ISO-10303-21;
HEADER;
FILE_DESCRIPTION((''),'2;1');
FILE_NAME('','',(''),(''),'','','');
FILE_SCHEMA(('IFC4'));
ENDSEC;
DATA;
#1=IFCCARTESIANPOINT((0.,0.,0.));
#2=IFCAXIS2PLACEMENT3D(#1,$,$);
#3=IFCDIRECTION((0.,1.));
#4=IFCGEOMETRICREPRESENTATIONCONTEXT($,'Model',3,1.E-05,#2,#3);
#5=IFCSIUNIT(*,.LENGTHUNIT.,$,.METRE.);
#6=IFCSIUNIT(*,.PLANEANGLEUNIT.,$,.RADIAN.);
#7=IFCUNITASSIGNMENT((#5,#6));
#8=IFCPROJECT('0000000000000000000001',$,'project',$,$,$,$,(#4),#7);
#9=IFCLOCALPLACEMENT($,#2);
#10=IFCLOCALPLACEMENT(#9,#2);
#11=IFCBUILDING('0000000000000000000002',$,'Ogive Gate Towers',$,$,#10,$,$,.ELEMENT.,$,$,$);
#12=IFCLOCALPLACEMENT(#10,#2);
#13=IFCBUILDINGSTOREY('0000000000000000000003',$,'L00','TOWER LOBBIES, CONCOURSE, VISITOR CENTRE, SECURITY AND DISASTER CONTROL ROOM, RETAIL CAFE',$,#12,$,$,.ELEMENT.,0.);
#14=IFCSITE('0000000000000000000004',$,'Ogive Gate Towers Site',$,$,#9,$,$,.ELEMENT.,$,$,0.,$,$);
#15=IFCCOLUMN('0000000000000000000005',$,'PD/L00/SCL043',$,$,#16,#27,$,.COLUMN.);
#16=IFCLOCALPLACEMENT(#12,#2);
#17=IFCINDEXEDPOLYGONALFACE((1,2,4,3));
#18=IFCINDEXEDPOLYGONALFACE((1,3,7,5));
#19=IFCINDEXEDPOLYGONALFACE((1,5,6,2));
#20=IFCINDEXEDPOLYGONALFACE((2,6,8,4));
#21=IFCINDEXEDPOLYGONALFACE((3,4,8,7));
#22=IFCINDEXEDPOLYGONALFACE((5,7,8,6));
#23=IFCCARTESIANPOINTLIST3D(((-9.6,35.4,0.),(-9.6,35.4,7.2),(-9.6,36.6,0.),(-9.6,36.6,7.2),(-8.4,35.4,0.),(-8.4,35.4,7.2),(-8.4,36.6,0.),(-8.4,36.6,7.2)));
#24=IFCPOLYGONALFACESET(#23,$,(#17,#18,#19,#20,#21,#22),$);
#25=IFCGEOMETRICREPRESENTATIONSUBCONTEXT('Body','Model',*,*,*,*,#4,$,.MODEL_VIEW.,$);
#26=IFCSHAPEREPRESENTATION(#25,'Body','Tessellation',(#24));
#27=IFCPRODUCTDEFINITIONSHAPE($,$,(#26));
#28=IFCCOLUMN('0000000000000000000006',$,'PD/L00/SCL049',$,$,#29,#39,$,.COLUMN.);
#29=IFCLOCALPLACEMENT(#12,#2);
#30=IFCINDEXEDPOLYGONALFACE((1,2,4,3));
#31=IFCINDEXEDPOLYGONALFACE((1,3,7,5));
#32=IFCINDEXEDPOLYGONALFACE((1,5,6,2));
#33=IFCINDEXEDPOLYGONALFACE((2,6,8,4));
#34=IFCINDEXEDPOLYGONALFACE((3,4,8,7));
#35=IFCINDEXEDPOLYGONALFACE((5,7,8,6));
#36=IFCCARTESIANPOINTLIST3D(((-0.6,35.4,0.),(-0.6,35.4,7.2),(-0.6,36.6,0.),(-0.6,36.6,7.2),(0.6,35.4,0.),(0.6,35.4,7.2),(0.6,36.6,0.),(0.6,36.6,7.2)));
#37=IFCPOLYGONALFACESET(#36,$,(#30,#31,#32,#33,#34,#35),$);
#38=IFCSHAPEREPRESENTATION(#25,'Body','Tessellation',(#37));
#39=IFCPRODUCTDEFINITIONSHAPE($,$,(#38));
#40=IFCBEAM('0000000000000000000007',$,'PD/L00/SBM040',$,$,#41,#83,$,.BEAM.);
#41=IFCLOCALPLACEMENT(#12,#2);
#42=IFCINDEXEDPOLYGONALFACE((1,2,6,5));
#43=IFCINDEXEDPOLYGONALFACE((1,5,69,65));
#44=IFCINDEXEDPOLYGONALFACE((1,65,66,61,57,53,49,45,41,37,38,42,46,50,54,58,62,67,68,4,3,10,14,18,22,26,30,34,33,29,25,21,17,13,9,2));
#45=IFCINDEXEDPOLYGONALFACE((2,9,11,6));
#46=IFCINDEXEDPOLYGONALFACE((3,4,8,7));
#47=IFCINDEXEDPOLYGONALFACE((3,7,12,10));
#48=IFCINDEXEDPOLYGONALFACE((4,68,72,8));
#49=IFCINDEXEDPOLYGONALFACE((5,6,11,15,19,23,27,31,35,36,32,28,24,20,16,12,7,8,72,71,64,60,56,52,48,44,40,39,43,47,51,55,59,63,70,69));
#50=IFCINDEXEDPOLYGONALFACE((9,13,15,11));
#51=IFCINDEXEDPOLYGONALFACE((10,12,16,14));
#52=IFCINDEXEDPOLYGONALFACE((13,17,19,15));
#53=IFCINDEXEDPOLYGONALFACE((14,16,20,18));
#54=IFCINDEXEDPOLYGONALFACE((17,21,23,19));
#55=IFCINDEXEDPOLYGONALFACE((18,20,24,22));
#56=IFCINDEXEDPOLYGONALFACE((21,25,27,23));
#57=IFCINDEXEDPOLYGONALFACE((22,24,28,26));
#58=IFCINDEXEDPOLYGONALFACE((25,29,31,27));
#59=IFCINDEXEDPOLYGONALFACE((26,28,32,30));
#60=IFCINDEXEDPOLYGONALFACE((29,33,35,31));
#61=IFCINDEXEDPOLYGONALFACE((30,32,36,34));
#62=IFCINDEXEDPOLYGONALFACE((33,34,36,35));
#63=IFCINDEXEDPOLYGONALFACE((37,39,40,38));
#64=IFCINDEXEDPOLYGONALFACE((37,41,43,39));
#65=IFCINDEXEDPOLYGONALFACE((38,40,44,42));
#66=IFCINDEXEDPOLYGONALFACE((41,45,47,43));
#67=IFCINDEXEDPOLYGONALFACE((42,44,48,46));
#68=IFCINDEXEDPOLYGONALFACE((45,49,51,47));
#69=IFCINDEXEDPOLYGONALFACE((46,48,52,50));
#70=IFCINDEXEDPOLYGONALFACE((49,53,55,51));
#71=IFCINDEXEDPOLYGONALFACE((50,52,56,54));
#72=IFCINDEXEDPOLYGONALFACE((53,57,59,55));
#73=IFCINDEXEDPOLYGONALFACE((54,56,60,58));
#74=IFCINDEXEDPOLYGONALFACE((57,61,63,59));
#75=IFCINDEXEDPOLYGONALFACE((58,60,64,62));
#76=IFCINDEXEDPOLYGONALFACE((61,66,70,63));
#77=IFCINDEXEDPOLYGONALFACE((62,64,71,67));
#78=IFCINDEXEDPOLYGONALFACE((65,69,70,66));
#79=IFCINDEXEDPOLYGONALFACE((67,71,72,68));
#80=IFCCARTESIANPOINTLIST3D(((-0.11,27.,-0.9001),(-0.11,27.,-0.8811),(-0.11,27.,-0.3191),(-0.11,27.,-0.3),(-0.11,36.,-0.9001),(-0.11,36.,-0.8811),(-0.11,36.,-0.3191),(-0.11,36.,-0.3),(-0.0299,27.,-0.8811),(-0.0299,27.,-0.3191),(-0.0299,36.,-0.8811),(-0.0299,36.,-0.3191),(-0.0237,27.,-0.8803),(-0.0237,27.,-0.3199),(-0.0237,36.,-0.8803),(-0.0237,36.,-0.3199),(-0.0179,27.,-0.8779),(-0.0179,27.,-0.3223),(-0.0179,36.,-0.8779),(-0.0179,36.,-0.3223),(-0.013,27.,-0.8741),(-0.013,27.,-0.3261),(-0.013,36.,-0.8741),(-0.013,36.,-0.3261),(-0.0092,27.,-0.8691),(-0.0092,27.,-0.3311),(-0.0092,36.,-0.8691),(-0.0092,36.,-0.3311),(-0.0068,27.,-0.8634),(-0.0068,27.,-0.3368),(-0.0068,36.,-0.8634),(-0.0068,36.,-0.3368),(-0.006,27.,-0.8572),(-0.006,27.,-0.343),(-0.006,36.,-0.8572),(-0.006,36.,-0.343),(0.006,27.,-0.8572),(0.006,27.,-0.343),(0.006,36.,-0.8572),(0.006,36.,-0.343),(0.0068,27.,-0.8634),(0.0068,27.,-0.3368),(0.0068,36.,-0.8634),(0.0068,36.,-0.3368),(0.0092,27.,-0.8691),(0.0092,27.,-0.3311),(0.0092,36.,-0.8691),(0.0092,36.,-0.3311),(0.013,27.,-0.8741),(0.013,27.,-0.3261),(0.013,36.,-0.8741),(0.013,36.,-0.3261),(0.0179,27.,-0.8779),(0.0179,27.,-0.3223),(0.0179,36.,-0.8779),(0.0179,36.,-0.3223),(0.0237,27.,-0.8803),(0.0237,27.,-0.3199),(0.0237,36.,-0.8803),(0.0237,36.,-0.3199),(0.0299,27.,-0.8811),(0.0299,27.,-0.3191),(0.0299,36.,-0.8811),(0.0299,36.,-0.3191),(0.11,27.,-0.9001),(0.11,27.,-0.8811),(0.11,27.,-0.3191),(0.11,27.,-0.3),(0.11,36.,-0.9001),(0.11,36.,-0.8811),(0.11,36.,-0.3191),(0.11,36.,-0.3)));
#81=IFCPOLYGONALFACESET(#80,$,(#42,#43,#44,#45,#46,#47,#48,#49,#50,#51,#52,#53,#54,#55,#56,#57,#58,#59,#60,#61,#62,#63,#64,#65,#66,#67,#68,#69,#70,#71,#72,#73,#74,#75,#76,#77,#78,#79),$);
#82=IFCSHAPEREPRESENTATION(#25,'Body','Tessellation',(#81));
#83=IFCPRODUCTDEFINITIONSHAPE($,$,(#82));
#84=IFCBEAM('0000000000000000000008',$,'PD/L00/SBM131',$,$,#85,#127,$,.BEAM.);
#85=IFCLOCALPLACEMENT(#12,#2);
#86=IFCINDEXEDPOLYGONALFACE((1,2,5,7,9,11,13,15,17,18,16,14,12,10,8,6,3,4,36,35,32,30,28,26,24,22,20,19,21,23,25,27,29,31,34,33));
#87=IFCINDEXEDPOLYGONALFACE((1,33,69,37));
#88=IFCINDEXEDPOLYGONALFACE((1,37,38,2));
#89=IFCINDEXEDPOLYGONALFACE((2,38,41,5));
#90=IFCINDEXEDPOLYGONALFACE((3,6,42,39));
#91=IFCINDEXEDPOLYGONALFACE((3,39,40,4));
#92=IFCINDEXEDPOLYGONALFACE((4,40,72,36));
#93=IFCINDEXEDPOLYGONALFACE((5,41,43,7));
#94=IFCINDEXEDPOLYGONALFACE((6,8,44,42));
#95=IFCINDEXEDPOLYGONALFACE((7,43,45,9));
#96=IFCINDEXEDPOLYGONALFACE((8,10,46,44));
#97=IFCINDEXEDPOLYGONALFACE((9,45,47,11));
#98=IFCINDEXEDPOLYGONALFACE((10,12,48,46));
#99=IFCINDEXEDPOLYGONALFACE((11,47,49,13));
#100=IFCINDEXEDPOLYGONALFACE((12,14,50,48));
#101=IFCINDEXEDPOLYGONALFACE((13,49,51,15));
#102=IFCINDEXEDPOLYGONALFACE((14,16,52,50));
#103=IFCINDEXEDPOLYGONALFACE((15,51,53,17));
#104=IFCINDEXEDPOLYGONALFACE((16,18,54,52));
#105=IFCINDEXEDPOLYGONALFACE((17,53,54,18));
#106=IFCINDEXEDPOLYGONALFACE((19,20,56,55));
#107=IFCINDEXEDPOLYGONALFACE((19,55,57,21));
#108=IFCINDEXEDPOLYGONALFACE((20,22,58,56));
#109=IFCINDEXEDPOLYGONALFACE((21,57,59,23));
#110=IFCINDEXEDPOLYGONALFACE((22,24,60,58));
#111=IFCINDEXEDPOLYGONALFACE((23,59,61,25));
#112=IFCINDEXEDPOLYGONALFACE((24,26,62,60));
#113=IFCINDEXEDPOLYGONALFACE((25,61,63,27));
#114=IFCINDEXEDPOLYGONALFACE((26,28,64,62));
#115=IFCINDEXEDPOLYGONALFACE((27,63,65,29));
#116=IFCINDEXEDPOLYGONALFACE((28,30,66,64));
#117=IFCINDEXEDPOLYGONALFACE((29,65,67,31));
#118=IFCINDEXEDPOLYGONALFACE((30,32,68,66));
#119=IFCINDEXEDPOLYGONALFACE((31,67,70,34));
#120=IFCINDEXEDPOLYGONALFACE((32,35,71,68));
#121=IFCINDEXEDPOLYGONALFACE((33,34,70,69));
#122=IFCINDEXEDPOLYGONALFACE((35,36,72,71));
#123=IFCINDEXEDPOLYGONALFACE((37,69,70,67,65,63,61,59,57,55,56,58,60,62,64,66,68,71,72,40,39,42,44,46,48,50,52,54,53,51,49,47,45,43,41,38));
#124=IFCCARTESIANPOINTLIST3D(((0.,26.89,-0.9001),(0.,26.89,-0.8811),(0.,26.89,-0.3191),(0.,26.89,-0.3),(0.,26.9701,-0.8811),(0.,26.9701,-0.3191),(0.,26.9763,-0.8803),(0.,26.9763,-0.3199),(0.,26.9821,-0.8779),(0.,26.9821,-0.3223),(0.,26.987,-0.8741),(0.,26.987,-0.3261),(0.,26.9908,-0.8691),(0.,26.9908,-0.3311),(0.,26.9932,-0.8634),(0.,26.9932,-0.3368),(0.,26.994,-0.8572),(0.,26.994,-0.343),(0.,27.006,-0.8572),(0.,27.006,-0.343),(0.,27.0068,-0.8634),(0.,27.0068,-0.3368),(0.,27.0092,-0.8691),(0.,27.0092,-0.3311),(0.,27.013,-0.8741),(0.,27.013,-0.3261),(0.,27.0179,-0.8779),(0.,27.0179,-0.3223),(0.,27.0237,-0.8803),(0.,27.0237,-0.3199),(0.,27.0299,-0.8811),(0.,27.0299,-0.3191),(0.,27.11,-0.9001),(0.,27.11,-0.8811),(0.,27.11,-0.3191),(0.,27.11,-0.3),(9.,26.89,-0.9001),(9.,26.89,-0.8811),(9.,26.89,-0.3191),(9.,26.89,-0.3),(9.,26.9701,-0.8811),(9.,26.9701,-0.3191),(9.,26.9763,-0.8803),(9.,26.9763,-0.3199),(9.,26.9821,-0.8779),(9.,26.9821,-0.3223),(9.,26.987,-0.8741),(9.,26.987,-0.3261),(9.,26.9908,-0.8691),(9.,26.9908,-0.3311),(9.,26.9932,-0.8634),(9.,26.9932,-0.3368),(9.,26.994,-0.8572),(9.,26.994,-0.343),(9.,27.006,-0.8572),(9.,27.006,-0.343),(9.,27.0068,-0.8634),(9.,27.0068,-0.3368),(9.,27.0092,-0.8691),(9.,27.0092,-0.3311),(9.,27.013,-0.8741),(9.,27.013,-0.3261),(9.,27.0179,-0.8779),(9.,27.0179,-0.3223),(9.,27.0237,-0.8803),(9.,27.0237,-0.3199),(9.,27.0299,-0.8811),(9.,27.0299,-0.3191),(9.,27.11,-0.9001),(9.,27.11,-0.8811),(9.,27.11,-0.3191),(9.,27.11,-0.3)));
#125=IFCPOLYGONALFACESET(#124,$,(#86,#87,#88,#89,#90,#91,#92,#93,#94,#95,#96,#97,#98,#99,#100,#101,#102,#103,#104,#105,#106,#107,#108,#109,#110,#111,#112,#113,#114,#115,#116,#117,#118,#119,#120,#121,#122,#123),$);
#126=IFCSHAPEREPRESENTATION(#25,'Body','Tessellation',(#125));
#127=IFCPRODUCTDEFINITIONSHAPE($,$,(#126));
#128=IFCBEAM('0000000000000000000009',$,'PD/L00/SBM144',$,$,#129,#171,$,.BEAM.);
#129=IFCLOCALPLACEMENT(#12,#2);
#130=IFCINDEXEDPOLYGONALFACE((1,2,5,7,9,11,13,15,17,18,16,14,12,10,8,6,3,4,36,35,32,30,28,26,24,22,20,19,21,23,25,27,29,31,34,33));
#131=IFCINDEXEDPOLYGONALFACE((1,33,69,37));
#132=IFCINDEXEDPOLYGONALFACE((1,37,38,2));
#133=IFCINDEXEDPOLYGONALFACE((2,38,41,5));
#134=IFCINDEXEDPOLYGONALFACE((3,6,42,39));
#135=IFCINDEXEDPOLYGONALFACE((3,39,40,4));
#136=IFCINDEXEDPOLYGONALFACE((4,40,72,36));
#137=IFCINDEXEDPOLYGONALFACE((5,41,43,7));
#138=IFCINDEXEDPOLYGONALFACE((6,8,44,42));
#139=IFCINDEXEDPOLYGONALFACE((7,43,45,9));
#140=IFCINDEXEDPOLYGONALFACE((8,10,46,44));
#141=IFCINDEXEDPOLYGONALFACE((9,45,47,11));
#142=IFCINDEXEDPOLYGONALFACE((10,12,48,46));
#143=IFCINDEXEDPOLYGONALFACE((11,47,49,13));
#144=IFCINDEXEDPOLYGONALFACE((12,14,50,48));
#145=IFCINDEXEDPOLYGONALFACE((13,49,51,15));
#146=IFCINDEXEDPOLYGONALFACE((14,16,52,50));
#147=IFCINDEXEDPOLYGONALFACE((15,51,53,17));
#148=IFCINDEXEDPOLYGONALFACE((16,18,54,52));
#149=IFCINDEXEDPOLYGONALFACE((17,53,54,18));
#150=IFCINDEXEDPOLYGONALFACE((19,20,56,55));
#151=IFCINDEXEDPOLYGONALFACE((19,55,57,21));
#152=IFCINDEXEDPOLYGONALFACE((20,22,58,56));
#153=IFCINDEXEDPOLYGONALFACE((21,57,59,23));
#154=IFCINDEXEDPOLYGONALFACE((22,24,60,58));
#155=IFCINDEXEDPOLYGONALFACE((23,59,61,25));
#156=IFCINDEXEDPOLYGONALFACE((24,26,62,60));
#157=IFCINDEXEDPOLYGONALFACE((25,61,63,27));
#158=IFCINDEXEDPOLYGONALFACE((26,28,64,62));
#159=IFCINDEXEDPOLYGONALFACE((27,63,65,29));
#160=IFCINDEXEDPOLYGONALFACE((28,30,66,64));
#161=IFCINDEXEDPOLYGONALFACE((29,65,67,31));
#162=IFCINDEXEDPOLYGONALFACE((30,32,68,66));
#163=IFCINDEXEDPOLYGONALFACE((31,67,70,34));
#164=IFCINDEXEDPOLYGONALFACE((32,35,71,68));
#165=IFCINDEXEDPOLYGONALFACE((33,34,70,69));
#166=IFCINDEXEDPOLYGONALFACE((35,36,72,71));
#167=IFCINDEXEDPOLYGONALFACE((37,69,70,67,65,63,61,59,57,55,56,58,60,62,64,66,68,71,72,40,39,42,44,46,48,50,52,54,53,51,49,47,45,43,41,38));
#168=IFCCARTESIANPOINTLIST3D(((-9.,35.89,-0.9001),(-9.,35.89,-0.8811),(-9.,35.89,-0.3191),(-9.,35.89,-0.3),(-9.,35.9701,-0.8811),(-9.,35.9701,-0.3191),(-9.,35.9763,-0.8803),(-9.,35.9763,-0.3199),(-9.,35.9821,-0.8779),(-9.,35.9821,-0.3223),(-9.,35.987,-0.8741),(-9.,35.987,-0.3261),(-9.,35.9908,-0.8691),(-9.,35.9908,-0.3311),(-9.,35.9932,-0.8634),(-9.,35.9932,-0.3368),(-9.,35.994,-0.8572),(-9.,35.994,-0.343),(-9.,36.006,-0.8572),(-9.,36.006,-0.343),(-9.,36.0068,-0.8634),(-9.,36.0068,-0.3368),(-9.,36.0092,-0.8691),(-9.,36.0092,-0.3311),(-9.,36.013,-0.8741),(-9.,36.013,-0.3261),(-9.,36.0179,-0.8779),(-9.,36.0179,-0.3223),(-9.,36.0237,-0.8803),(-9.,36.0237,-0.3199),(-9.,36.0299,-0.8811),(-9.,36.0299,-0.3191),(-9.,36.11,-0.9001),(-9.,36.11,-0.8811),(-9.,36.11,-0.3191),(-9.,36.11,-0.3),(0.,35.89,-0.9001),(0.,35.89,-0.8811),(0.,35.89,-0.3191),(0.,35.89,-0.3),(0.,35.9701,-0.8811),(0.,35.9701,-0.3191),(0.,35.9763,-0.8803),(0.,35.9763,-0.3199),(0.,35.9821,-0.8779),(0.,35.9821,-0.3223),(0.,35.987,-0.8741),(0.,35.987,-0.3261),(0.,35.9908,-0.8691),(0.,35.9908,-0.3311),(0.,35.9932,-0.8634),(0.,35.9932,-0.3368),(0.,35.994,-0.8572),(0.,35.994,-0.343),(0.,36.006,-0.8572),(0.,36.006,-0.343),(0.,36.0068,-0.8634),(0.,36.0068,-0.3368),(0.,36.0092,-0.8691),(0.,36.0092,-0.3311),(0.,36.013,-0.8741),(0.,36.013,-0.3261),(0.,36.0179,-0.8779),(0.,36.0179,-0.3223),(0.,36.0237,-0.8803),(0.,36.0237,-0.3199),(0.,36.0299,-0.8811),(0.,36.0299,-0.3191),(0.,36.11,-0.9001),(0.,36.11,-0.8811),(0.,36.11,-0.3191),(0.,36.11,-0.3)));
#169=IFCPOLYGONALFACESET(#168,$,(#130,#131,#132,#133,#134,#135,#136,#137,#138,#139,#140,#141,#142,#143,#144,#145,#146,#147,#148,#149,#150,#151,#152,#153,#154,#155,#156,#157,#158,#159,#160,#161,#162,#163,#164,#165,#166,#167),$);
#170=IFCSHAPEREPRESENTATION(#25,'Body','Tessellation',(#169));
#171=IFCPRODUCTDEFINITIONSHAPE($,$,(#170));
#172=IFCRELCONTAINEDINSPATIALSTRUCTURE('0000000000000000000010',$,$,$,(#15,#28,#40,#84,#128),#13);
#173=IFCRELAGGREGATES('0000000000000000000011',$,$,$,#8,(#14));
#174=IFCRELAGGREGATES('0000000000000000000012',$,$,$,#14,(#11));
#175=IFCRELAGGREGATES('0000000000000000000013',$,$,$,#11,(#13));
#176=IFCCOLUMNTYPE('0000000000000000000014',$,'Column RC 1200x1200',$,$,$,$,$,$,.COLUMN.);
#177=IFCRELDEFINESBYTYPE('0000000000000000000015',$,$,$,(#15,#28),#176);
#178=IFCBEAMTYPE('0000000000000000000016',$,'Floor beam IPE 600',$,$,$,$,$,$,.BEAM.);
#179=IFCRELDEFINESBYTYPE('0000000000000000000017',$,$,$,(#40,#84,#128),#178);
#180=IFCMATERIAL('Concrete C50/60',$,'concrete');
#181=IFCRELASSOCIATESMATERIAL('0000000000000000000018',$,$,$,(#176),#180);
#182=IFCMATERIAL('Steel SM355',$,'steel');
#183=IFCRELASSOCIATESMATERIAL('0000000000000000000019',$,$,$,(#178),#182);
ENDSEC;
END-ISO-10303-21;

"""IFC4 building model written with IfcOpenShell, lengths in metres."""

from ifc_helpers import new_model, si_unit, direction, frame, origin, origin_2d, place, context, subcontext, project, spatial, rectangle, i_section, extrude, material, material_profile, profile_set, type_object, element, save


model = new_model("IFC4")

# Units and contexts
model_context = context("Model", 3, precision=1e-05, world=origin(), true_north=direction((0.0, 1.0)))
body_context = subcontext(model_context, "Body", "Model", "MODEL_VIEW")
ifc_project = project(units=[si_unit("LENGTHUNIT", "METRE"), si_unit("PLANEANGLEUNIT", "RADIAN")], contexts=[model_context])

# Site, building, storey
site_placement = place(None, origin())
site = spatial("IfcSite", under=ifc_project, at=site_placement, Name="Ogive Gate Towers Site", CompositionType="ELEMENT", RefElevation=0.0)
building_placement = place(site_placement, origin())
building = spatial("IfcBuilding", under=site, at=building_placement, Name="Ogive Gate Towers", CompositionType="ELEMENT")
storey_placement = place(building_placement, origin())
storey = spatial("IfcBuildingStorey", under=building, at=storey_placement, Name="L00", Description="TOWER LOBBIES, CONCOURSE, VISITOR CENTRE, SECURITY AND DISASTER CONTROL ROOM, RETAIL CAFE", CompositionType="ELEMENT", Elevation=0.0)

# Columns
ifc_material_1 = material(Name="Concrete C50/60", Category="concrete")
ifc_material_profile_1 = material_profile(ifc_material_1, rectangle(XDim=1.2, YDim=1.2, at=origin_2d()), Name="RC 1200x1200")
ifc_profile_set_1 = profile_set([ifc_material_profile_1], Name="Concrete C50/60")
column_type = type_object("IfcColumnType", Name="Column RC 1200x1200", PredefinedType="COLUMN", material=ifc_profile_set_1)
for number, where, z_axis, x_axis, name in (
    (1, (-9.0, 36.0, 0.0), (0.0, 0.0, 1.0), (1.0, 0.0, 0.0), "PD/L00/SCL043"),
    (2, (0.0, 36.0, 0.0), (0.0, 0.0, 1.0), (1.0, 0.0, 0.0), "PD/L00/SCL049"),
):
    element("IfcColumn", number, at=place(storey_placement, frame(where, z_axis=z_axis, x_axis=x_axis)), inside=storey, type_object=column_type, Name=name, PredefinedType="COLUMN", context=body_context, shape_type="SweptSolid", body=[
        extrude(rectangle(XDim=1.2, YDim=1.2, at=origin_2d()), origin(), (0.0, 0.0, 1.0), 7.2),
    ])

# Beams
ifc_material_2 = material(Name="Steel SM355", Category="steel")
ifc_material_profile_2 = material_profile(ifc_material_2, i_section(OverallWidth=0.22, OverallDepth=0.6001, WebThickness=0.012, FlangeThickness=0.019, FilletRadius=0.0239, at=origin_2d()), Name="IPE 600")
ifc_profile_set_2 = profile_set([ifc_material_profile_2], Name="Steel SM355")
beam_type = type_object("IfcBeamType", Name="Floor beam IPE 600", PredefinedType="BEAM", material=ifc_profile_set_2)
for number, where, z_axis, x_axis, name in (
    (3, (0.0, 27.0, -0.6001), (0.0, 1.0, 0.0), (-1.0, 0.0, 0.0), "PD/L00/SBM040"),
    (4, (0.0, 27.0, -0.6001), (1.0, 0.0, 0.0), (0.0, 1.0, 0.0), "PD/L00/SBM131"),
    (5, (-9.0, 36.0, -0.6001), (1.0, 0.0, 0.0), (0.0, 1.0, 0.0), "PD/L00/SBM144"),
):
    element("IfcBeam", number, at=place(storey_placement, frame(where, z_axis=z_axis, x_axis=x_axis)), inside=storey, type_object=beam_type, Name=name, PredefinedType="BEAM", context=body_context, shape_type="SweptSolid", body=[
        extrude(i_section(OverallWidth=0.22, OverallDepth=0.6001, WebThickness=0.012, FlangeThickness=0.019, FilletRadius=0.0239, at=origin_2d()), origin(), (0.0, 0.0, 1.0), 9.0),
    ])

save(model, "model.ifc")
